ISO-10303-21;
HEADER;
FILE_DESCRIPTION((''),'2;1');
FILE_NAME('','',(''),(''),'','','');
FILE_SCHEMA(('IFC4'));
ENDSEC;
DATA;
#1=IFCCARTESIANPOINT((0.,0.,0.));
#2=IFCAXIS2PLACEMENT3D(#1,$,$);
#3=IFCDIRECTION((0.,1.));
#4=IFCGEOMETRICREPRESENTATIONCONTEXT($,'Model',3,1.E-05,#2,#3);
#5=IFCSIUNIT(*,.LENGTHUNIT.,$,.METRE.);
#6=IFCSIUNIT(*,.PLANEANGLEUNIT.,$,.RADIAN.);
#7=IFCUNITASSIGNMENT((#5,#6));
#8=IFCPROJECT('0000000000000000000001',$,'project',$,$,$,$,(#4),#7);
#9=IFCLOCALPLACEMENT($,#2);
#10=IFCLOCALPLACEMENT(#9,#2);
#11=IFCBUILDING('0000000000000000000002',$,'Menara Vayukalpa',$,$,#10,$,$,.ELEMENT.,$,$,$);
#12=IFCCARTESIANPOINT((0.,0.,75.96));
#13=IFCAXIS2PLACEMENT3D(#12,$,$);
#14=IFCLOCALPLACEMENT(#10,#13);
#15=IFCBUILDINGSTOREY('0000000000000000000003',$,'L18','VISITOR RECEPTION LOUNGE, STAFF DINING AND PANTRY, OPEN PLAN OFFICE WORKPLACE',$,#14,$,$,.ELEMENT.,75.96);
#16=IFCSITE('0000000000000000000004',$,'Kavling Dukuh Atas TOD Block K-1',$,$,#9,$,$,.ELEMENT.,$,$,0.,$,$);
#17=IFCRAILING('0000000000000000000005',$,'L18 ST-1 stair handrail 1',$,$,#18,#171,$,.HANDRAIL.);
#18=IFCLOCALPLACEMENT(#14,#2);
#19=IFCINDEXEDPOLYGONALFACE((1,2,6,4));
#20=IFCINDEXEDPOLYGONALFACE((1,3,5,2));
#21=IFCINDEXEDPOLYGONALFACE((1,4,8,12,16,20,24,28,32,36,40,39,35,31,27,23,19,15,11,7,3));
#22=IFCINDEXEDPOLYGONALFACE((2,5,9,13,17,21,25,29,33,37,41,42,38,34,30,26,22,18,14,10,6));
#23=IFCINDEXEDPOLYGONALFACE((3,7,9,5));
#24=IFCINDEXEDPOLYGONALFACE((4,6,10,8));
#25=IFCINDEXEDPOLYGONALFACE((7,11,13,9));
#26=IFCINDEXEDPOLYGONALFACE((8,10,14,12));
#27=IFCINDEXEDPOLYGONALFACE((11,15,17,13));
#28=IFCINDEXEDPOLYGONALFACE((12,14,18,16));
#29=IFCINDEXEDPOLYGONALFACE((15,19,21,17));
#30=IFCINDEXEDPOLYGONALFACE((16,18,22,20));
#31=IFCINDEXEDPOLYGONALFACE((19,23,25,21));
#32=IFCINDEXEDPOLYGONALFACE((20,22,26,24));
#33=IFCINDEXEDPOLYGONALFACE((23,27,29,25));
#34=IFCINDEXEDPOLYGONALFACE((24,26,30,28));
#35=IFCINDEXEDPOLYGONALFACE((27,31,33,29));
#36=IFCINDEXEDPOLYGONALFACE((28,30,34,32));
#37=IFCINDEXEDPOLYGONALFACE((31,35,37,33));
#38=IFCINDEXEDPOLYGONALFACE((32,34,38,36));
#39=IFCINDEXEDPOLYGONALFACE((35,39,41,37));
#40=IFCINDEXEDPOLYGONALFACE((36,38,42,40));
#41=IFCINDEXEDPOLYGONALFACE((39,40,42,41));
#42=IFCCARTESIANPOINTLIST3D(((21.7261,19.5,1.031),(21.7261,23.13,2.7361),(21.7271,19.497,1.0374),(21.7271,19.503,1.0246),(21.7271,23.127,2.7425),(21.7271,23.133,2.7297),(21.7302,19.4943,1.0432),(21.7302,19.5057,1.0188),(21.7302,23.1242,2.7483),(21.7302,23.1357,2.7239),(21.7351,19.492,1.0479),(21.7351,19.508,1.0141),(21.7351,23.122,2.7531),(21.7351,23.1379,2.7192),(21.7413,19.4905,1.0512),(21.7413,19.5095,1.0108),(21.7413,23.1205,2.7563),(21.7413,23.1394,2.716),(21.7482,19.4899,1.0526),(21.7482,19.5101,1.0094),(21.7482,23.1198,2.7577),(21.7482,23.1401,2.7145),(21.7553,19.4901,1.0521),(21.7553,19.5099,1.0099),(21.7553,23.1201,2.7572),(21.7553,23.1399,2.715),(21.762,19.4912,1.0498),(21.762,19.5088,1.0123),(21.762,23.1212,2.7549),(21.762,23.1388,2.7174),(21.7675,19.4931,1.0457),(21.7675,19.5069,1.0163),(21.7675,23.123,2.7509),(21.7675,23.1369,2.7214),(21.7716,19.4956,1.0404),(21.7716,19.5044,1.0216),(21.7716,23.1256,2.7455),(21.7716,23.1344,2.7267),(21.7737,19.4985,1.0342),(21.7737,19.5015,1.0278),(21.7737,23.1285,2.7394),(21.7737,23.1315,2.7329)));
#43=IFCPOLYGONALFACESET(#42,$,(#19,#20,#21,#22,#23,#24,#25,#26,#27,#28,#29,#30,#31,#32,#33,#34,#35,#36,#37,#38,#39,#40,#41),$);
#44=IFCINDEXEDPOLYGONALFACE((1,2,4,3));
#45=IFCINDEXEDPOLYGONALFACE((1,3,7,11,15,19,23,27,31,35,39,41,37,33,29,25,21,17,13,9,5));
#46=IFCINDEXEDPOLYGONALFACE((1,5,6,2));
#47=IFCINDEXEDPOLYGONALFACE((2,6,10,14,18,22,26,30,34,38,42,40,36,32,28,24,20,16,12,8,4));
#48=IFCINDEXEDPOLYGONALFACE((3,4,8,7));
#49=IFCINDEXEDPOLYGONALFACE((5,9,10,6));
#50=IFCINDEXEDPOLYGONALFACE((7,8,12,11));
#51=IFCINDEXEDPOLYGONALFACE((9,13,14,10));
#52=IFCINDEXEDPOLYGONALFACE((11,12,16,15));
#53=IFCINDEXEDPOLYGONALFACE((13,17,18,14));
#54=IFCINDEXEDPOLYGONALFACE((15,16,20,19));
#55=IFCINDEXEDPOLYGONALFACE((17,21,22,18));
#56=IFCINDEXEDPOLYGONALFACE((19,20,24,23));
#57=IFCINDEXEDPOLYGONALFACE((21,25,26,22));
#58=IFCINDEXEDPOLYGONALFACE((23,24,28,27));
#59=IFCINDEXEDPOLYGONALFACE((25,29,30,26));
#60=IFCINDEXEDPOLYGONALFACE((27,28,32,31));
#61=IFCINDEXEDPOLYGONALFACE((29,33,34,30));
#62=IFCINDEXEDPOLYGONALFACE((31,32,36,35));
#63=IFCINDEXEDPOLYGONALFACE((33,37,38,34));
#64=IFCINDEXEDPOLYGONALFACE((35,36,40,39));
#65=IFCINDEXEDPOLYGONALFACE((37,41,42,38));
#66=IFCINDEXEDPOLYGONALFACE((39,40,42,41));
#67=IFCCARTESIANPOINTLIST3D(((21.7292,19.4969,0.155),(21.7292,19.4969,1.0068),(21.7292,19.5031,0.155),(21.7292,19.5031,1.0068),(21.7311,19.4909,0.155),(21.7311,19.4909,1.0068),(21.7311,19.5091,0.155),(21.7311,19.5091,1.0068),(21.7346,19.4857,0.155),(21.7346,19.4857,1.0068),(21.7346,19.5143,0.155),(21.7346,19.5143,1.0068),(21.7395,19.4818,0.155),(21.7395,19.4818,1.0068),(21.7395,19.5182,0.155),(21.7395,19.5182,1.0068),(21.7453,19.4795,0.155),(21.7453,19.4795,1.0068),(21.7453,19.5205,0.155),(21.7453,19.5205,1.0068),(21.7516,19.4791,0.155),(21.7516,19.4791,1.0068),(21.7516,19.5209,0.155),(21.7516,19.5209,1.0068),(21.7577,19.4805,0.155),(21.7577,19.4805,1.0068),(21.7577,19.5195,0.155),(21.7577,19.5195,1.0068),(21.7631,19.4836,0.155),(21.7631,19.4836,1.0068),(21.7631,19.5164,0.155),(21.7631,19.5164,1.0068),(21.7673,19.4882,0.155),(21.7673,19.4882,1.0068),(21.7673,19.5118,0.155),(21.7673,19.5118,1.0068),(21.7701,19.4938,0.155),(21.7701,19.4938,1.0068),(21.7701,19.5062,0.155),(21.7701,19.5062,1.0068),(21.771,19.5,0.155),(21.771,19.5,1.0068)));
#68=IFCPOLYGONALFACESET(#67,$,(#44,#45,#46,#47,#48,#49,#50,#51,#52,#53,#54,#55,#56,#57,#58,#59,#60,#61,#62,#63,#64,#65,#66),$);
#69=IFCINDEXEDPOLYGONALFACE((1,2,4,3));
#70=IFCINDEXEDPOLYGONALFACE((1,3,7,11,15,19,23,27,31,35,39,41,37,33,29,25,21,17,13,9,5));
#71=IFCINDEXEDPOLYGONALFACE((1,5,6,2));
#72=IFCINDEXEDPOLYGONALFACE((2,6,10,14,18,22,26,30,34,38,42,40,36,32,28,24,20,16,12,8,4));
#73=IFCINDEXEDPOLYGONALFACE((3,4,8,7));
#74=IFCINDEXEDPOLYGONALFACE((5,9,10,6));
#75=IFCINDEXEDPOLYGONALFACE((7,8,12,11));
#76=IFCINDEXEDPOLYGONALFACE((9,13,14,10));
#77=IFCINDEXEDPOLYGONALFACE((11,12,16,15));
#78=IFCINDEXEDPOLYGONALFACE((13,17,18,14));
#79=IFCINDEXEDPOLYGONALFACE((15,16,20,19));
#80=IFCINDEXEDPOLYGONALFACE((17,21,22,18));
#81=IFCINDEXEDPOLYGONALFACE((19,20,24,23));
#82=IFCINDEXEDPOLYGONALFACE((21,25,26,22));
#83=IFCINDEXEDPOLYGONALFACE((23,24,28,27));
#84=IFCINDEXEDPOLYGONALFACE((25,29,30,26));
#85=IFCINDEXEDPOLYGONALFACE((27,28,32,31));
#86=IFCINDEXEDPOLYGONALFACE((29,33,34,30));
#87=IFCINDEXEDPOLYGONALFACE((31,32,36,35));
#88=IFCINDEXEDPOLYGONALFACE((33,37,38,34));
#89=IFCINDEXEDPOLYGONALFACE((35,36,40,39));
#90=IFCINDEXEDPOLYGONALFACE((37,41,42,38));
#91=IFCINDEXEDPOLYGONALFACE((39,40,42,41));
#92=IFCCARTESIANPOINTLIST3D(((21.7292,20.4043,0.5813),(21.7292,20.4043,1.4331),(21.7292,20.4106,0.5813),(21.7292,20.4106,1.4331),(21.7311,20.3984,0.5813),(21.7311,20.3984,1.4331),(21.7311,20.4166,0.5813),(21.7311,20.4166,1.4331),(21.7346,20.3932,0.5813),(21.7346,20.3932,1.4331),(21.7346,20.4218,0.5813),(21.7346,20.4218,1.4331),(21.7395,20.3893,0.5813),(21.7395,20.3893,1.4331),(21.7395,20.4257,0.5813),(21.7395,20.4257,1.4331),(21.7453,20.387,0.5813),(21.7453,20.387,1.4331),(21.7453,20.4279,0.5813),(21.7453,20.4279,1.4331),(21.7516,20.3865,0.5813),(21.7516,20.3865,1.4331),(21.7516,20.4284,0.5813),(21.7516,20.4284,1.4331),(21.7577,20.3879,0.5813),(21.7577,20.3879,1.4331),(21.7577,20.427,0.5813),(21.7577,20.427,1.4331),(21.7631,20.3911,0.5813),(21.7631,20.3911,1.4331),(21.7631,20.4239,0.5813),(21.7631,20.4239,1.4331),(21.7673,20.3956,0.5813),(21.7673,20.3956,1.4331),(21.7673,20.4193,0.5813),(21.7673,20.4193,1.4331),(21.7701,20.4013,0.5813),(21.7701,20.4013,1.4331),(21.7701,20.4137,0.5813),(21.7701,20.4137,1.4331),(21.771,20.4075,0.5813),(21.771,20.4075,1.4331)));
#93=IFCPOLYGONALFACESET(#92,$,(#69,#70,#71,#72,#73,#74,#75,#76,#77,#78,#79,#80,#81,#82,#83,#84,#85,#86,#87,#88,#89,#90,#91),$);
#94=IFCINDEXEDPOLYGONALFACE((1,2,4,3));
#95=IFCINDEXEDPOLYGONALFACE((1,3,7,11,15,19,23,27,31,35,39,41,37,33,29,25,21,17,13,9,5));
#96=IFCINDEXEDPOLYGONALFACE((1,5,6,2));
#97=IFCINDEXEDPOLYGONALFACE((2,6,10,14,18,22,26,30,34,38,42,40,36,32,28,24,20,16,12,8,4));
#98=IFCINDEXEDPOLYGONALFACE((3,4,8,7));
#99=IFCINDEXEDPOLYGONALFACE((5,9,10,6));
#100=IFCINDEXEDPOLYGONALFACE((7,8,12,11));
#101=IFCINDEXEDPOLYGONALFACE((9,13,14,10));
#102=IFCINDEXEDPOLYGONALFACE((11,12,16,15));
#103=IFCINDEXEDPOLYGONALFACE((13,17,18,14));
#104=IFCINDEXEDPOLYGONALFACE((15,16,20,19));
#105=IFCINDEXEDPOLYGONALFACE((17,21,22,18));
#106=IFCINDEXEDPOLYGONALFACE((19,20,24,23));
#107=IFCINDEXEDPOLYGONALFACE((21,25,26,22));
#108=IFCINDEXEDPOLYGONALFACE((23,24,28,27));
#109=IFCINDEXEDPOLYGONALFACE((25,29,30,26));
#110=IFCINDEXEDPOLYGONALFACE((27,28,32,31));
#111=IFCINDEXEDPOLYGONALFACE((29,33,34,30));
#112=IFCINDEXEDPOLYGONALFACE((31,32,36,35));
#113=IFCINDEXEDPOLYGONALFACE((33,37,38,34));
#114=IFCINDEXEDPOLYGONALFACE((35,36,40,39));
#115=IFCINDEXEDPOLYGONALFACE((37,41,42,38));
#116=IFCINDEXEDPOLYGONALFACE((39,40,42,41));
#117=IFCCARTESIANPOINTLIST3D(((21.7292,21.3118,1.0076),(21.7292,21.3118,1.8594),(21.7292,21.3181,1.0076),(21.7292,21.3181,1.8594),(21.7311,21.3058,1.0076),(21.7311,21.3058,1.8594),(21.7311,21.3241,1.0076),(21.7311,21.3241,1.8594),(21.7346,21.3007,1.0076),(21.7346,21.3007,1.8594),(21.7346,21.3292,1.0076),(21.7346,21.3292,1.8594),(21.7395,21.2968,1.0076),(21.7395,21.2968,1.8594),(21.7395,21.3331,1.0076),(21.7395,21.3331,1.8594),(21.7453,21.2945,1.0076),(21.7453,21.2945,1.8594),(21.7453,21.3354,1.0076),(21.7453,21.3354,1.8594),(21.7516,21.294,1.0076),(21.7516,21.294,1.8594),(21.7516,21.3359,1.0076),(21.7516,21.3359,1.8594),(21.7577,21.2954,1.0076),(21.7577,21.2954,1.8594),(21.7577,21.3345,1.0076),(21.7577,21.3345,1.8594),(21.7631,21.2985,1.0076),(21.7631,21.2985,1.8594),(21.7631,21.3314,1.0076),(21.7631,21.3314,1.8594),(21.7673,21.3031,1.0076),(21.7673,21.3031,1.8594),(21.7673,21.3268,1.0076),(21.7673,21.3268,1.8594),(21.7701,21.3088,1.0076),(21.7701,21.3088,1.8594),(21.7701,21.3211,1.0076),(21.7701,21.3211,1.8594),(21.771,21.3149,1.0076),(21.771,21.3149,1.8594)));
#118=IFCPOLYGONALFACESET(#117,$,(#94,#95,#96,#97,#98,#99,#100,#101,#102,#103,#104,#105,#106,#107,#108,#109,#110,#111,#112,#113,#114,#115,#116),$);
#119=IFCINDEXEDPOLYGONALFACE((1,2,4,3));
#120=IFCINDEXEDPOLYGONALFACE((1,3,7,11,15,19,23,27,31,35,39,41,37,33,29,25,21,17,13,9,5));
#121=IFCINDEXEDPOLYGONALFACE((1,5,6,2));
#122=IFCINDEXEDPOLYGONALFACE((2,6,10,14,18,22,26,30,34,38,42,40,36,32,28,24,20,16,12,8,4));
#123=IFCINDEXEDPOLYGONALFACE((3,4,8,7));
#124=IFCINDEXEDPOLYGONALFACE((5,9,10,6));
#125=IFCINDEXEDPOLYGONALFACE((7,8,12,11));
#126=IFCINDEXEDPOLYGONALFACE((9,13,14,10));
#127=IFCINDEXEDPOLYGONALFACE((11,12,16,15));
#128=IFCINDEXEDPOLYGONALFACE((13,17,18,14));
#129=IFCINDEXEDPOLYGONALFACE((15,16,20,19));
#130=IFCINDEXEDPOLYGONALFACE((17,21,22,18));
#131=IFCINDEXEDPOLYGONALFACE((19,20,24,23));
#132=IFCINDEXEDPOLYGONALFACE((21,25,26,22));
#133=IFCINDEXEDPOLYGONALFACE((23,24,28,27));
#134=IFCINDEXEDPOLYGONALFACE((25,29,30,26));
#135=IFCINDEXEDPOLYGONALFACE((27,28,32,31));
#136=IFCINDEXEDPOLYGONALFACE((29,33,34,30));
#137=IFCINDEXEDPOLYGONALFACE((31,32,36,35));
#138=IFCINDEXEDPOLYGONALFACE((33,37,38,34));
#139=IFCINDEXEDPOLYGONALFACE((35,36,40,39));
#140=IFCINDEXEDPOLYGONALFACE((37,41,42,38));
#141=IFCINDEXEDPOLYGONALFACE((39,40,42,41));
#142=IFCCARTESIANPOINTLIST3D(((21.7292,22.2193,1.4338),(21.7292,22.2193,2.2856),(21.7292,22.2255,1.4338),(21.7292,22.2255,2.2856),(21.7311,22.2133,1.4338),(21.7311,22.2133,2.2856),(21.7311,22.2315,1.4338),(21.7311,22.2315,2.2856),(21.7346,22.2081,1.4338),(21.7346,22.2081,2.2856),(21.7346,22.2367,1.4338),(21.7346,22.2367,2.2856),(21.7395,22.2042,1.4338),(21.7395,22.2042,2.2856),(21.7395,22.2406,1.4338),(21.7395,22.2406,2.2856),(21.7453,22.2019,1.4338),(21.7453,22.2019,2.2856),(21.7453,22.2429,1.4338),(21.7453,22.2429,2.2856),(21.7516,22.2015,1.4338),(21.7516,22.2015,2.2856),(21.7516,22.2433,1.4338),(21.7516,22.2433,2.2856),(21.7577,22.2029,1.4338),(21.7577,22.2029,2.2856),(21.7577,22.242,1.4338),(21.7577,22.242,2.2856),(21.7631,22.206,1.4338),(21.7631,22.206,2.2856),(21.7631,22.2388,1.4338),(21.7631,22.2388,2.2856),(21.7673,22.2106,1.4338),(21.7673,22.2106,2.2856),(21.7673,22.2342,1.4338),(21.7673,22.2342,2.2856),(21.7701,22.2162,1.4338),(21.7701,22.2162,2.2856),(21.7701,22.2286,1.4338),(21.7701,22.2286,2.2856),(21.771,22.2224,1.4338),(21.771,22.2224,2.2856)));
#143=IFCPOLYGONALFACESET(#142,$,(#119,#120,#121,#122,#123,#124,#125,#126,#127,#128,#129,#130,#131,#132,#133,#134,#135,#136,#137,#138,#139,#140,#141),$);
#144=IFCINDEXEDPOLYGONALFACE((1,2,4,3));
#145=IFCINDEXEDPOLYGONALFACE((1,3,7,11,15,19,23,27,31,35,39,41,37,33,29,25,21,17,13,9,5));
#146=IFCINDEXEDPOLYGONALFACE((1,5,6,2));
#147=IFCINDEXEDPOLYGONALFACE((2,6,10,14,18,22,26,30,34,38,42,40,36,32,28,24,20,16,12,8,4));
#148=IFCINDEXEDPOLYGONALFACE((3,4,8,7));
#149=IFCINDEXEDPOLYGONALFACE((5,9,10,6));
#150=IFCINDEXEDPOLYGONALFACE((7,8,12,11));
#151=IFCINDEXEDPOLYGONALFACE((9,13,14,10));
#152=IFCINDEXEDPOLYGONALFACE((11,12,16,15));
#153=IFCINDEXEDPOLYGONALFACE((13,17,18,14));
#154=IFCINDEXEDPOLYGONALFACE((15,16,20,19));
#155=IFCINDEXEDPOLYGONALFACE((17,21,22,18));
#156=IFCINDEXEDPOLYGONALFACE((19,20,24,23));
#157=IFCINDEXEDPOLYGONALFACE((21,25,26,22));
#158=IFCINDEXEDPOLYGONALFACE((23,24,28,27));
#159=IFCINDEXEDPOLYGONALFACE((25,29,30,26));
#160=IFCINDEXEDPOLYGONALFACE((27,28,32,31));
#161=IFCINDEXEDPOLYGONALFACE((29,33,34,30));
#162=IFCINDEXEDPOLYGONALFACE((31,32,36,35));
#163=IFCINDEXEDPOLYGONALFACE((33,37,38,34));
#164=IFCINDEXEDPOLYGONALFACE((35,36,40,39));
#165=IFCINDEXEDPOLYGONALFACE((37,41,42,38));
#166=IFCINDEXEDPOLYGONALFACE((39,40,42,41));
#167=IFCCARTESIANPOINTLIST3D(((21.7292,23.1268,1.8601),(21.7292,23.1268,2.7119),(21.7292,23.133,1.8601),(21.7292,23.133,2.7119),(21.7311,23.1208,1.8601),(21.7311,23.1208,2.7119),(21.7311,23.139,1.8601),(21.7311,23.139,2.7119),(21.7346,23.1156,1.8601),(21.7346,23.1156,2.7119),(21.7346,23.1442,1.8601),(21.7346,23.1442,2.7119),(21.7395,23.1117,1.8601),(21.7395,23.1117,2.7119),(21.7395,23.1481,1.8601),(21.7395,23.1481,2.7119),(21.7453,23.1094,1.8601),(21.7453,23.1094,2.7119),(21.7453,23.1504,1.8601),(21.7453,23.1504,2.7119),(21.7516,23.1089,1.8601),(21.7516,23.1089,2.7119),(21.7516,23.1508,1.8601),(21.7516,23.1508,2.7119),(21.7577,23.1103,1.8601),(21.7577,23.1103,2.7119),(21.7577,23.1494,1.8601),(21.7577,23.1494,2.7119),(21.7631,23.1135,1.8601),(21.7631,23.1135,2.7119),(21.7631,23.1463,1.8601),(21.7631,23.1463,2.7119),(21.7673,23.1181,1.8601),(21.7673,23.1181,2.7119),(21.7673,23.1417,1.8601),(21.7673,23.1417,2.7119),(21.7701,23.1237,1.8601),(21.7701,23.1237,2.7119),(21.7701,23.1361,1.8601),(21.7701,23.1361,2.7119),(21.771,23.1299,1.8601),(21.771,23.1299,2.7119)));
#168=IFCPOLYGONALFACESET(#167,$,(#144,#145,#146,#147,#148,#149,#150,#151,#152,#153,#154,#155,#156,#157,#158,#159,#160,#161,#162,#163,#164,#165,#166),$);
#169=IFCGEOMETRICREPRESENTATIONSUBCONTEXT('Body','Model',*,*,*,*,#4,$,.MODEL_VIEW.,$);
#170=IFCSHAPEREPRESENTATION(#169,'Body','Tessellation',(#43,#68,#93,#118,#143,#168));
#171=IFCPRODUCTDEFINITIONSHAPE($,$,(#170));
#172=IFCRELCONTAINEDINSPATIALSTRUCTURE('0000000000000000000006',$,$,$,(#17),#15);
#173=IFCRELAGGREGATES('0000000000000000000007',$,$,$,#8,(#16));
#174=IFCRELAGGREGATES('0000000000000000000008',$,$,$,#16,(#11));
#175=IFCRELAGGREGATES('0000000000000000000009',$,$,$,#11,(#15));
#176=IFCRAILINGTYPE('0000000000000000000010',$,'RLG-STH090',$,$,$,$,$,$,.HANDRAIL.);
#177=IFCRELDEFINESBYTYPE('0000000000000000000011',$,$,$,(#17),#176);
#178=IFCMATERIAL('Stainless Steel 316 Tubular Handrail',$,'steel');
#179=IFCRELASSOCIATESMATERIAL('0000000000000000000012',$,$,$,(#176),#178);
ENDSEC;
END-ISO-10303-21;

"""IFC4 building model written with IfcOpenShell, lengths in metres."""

from ifc_helpers import new_model, si_unit, direction, frame, origin, origin_2d, place, context, subcontext, project, spatial, circle, extrude, material, type_object, element, save


model = new_model("IFC4")

# Units and contexts
model_context = context("Model", 3, precision=1e-05, world=origin(), true_north=direction((0.0, 1.0)))
body_context = subcontext(model_context, "Body", "Model", "MODEL_VIEW")
ifc_project = project(units=[si_unit("LENGTHUNIT", "METRE"), si_unit("PLANEANGLEUNIT", "RADIAN")], contexts=[model_context])

# Site, building, storey
site_placement = place(None, origin())
site = spatial("IfcSite", under=ifc_project, at=site_placement, Name="Kavling Dukuh Atas TOD Block K-1", CompositionType="ELEMENT", RefElevation=0.0)
building_placement = place(site_placement, origin())
building = spatial("IfcBuilding", under=site, at=building_placement, Name="Menara Vayukalpa", CompositionType="ELEMENT")
storey_placement = place(building_placement, frame((0.0, 0.0, 75.96)))
storey = spatial("IfcBuildingStorey", under=building, at=storey_placement, Name="L18", Description="VISITOR RECEPTION LOUNGE, STAFF DINING AND PANTRY, OPEN PLAN OFFICE WORKPLACE", CompositionType="ELEMENT", Elevation=75.96)

# Railing
ifc_material_1 = material(Name="Stainless Steel 316 Tubular Handrail", Category="steel")
railing_type_1 = type_object("IfcRailingType", Name="RLG-STH090", PredefinedType="HANDRAIL", material=ifc_material_1)
railing_1_placement = place(storey_placement, frame((21.75, 19.5, 0.155)))
element("IfcRailing", 1, at=railing_1_placement, inside=storey, type_object=railing_type_1, Name="L18 ST-1 stair handrail 1", PredefinedType="HANDRAIL", context=body_context, shape_type="SweptSolid", body=[
    extrude(circle(Radius=0.0239, at=origin_2d()), frame((0.0, 0.0, 0.876), z_axis=(0.0, 0.905116, 0.425164), x_axis=(-1.0, 0.0, 0.0)), (0.0, 0.0, 1.0), 4.0105),
    extrude(circle(Radius=0.021, at=origin_2d()), origin(), (0.0, 0.0, 1.0), 0.8518),
    extrude(circle(Radius=0.021, at=origin_2d()), frame((0.0, 0.9075, 0.4263)), (0.0, 0.0, 1.0), 0.8518),
    extrude(circle(Radius=0.021, at=origin_2d()), frame((0.0, 1.8149, 0.8525)), (0.0, 0.0, 1.0), 0.8518),
    extrude(circle(Radius=0.021, at=origin_2d()), frame((0.0, 2.7224, 1.2788)), (0.0, 0.0, 1.0), 0.8518),
    extrude(circle(Radius=0.021, at=origin_2d()), frame((0.0, 3.6299, 1.7051)), (0.0, 0.0, 1.0), 0.8518),
])

save(model, "model.ifc")
